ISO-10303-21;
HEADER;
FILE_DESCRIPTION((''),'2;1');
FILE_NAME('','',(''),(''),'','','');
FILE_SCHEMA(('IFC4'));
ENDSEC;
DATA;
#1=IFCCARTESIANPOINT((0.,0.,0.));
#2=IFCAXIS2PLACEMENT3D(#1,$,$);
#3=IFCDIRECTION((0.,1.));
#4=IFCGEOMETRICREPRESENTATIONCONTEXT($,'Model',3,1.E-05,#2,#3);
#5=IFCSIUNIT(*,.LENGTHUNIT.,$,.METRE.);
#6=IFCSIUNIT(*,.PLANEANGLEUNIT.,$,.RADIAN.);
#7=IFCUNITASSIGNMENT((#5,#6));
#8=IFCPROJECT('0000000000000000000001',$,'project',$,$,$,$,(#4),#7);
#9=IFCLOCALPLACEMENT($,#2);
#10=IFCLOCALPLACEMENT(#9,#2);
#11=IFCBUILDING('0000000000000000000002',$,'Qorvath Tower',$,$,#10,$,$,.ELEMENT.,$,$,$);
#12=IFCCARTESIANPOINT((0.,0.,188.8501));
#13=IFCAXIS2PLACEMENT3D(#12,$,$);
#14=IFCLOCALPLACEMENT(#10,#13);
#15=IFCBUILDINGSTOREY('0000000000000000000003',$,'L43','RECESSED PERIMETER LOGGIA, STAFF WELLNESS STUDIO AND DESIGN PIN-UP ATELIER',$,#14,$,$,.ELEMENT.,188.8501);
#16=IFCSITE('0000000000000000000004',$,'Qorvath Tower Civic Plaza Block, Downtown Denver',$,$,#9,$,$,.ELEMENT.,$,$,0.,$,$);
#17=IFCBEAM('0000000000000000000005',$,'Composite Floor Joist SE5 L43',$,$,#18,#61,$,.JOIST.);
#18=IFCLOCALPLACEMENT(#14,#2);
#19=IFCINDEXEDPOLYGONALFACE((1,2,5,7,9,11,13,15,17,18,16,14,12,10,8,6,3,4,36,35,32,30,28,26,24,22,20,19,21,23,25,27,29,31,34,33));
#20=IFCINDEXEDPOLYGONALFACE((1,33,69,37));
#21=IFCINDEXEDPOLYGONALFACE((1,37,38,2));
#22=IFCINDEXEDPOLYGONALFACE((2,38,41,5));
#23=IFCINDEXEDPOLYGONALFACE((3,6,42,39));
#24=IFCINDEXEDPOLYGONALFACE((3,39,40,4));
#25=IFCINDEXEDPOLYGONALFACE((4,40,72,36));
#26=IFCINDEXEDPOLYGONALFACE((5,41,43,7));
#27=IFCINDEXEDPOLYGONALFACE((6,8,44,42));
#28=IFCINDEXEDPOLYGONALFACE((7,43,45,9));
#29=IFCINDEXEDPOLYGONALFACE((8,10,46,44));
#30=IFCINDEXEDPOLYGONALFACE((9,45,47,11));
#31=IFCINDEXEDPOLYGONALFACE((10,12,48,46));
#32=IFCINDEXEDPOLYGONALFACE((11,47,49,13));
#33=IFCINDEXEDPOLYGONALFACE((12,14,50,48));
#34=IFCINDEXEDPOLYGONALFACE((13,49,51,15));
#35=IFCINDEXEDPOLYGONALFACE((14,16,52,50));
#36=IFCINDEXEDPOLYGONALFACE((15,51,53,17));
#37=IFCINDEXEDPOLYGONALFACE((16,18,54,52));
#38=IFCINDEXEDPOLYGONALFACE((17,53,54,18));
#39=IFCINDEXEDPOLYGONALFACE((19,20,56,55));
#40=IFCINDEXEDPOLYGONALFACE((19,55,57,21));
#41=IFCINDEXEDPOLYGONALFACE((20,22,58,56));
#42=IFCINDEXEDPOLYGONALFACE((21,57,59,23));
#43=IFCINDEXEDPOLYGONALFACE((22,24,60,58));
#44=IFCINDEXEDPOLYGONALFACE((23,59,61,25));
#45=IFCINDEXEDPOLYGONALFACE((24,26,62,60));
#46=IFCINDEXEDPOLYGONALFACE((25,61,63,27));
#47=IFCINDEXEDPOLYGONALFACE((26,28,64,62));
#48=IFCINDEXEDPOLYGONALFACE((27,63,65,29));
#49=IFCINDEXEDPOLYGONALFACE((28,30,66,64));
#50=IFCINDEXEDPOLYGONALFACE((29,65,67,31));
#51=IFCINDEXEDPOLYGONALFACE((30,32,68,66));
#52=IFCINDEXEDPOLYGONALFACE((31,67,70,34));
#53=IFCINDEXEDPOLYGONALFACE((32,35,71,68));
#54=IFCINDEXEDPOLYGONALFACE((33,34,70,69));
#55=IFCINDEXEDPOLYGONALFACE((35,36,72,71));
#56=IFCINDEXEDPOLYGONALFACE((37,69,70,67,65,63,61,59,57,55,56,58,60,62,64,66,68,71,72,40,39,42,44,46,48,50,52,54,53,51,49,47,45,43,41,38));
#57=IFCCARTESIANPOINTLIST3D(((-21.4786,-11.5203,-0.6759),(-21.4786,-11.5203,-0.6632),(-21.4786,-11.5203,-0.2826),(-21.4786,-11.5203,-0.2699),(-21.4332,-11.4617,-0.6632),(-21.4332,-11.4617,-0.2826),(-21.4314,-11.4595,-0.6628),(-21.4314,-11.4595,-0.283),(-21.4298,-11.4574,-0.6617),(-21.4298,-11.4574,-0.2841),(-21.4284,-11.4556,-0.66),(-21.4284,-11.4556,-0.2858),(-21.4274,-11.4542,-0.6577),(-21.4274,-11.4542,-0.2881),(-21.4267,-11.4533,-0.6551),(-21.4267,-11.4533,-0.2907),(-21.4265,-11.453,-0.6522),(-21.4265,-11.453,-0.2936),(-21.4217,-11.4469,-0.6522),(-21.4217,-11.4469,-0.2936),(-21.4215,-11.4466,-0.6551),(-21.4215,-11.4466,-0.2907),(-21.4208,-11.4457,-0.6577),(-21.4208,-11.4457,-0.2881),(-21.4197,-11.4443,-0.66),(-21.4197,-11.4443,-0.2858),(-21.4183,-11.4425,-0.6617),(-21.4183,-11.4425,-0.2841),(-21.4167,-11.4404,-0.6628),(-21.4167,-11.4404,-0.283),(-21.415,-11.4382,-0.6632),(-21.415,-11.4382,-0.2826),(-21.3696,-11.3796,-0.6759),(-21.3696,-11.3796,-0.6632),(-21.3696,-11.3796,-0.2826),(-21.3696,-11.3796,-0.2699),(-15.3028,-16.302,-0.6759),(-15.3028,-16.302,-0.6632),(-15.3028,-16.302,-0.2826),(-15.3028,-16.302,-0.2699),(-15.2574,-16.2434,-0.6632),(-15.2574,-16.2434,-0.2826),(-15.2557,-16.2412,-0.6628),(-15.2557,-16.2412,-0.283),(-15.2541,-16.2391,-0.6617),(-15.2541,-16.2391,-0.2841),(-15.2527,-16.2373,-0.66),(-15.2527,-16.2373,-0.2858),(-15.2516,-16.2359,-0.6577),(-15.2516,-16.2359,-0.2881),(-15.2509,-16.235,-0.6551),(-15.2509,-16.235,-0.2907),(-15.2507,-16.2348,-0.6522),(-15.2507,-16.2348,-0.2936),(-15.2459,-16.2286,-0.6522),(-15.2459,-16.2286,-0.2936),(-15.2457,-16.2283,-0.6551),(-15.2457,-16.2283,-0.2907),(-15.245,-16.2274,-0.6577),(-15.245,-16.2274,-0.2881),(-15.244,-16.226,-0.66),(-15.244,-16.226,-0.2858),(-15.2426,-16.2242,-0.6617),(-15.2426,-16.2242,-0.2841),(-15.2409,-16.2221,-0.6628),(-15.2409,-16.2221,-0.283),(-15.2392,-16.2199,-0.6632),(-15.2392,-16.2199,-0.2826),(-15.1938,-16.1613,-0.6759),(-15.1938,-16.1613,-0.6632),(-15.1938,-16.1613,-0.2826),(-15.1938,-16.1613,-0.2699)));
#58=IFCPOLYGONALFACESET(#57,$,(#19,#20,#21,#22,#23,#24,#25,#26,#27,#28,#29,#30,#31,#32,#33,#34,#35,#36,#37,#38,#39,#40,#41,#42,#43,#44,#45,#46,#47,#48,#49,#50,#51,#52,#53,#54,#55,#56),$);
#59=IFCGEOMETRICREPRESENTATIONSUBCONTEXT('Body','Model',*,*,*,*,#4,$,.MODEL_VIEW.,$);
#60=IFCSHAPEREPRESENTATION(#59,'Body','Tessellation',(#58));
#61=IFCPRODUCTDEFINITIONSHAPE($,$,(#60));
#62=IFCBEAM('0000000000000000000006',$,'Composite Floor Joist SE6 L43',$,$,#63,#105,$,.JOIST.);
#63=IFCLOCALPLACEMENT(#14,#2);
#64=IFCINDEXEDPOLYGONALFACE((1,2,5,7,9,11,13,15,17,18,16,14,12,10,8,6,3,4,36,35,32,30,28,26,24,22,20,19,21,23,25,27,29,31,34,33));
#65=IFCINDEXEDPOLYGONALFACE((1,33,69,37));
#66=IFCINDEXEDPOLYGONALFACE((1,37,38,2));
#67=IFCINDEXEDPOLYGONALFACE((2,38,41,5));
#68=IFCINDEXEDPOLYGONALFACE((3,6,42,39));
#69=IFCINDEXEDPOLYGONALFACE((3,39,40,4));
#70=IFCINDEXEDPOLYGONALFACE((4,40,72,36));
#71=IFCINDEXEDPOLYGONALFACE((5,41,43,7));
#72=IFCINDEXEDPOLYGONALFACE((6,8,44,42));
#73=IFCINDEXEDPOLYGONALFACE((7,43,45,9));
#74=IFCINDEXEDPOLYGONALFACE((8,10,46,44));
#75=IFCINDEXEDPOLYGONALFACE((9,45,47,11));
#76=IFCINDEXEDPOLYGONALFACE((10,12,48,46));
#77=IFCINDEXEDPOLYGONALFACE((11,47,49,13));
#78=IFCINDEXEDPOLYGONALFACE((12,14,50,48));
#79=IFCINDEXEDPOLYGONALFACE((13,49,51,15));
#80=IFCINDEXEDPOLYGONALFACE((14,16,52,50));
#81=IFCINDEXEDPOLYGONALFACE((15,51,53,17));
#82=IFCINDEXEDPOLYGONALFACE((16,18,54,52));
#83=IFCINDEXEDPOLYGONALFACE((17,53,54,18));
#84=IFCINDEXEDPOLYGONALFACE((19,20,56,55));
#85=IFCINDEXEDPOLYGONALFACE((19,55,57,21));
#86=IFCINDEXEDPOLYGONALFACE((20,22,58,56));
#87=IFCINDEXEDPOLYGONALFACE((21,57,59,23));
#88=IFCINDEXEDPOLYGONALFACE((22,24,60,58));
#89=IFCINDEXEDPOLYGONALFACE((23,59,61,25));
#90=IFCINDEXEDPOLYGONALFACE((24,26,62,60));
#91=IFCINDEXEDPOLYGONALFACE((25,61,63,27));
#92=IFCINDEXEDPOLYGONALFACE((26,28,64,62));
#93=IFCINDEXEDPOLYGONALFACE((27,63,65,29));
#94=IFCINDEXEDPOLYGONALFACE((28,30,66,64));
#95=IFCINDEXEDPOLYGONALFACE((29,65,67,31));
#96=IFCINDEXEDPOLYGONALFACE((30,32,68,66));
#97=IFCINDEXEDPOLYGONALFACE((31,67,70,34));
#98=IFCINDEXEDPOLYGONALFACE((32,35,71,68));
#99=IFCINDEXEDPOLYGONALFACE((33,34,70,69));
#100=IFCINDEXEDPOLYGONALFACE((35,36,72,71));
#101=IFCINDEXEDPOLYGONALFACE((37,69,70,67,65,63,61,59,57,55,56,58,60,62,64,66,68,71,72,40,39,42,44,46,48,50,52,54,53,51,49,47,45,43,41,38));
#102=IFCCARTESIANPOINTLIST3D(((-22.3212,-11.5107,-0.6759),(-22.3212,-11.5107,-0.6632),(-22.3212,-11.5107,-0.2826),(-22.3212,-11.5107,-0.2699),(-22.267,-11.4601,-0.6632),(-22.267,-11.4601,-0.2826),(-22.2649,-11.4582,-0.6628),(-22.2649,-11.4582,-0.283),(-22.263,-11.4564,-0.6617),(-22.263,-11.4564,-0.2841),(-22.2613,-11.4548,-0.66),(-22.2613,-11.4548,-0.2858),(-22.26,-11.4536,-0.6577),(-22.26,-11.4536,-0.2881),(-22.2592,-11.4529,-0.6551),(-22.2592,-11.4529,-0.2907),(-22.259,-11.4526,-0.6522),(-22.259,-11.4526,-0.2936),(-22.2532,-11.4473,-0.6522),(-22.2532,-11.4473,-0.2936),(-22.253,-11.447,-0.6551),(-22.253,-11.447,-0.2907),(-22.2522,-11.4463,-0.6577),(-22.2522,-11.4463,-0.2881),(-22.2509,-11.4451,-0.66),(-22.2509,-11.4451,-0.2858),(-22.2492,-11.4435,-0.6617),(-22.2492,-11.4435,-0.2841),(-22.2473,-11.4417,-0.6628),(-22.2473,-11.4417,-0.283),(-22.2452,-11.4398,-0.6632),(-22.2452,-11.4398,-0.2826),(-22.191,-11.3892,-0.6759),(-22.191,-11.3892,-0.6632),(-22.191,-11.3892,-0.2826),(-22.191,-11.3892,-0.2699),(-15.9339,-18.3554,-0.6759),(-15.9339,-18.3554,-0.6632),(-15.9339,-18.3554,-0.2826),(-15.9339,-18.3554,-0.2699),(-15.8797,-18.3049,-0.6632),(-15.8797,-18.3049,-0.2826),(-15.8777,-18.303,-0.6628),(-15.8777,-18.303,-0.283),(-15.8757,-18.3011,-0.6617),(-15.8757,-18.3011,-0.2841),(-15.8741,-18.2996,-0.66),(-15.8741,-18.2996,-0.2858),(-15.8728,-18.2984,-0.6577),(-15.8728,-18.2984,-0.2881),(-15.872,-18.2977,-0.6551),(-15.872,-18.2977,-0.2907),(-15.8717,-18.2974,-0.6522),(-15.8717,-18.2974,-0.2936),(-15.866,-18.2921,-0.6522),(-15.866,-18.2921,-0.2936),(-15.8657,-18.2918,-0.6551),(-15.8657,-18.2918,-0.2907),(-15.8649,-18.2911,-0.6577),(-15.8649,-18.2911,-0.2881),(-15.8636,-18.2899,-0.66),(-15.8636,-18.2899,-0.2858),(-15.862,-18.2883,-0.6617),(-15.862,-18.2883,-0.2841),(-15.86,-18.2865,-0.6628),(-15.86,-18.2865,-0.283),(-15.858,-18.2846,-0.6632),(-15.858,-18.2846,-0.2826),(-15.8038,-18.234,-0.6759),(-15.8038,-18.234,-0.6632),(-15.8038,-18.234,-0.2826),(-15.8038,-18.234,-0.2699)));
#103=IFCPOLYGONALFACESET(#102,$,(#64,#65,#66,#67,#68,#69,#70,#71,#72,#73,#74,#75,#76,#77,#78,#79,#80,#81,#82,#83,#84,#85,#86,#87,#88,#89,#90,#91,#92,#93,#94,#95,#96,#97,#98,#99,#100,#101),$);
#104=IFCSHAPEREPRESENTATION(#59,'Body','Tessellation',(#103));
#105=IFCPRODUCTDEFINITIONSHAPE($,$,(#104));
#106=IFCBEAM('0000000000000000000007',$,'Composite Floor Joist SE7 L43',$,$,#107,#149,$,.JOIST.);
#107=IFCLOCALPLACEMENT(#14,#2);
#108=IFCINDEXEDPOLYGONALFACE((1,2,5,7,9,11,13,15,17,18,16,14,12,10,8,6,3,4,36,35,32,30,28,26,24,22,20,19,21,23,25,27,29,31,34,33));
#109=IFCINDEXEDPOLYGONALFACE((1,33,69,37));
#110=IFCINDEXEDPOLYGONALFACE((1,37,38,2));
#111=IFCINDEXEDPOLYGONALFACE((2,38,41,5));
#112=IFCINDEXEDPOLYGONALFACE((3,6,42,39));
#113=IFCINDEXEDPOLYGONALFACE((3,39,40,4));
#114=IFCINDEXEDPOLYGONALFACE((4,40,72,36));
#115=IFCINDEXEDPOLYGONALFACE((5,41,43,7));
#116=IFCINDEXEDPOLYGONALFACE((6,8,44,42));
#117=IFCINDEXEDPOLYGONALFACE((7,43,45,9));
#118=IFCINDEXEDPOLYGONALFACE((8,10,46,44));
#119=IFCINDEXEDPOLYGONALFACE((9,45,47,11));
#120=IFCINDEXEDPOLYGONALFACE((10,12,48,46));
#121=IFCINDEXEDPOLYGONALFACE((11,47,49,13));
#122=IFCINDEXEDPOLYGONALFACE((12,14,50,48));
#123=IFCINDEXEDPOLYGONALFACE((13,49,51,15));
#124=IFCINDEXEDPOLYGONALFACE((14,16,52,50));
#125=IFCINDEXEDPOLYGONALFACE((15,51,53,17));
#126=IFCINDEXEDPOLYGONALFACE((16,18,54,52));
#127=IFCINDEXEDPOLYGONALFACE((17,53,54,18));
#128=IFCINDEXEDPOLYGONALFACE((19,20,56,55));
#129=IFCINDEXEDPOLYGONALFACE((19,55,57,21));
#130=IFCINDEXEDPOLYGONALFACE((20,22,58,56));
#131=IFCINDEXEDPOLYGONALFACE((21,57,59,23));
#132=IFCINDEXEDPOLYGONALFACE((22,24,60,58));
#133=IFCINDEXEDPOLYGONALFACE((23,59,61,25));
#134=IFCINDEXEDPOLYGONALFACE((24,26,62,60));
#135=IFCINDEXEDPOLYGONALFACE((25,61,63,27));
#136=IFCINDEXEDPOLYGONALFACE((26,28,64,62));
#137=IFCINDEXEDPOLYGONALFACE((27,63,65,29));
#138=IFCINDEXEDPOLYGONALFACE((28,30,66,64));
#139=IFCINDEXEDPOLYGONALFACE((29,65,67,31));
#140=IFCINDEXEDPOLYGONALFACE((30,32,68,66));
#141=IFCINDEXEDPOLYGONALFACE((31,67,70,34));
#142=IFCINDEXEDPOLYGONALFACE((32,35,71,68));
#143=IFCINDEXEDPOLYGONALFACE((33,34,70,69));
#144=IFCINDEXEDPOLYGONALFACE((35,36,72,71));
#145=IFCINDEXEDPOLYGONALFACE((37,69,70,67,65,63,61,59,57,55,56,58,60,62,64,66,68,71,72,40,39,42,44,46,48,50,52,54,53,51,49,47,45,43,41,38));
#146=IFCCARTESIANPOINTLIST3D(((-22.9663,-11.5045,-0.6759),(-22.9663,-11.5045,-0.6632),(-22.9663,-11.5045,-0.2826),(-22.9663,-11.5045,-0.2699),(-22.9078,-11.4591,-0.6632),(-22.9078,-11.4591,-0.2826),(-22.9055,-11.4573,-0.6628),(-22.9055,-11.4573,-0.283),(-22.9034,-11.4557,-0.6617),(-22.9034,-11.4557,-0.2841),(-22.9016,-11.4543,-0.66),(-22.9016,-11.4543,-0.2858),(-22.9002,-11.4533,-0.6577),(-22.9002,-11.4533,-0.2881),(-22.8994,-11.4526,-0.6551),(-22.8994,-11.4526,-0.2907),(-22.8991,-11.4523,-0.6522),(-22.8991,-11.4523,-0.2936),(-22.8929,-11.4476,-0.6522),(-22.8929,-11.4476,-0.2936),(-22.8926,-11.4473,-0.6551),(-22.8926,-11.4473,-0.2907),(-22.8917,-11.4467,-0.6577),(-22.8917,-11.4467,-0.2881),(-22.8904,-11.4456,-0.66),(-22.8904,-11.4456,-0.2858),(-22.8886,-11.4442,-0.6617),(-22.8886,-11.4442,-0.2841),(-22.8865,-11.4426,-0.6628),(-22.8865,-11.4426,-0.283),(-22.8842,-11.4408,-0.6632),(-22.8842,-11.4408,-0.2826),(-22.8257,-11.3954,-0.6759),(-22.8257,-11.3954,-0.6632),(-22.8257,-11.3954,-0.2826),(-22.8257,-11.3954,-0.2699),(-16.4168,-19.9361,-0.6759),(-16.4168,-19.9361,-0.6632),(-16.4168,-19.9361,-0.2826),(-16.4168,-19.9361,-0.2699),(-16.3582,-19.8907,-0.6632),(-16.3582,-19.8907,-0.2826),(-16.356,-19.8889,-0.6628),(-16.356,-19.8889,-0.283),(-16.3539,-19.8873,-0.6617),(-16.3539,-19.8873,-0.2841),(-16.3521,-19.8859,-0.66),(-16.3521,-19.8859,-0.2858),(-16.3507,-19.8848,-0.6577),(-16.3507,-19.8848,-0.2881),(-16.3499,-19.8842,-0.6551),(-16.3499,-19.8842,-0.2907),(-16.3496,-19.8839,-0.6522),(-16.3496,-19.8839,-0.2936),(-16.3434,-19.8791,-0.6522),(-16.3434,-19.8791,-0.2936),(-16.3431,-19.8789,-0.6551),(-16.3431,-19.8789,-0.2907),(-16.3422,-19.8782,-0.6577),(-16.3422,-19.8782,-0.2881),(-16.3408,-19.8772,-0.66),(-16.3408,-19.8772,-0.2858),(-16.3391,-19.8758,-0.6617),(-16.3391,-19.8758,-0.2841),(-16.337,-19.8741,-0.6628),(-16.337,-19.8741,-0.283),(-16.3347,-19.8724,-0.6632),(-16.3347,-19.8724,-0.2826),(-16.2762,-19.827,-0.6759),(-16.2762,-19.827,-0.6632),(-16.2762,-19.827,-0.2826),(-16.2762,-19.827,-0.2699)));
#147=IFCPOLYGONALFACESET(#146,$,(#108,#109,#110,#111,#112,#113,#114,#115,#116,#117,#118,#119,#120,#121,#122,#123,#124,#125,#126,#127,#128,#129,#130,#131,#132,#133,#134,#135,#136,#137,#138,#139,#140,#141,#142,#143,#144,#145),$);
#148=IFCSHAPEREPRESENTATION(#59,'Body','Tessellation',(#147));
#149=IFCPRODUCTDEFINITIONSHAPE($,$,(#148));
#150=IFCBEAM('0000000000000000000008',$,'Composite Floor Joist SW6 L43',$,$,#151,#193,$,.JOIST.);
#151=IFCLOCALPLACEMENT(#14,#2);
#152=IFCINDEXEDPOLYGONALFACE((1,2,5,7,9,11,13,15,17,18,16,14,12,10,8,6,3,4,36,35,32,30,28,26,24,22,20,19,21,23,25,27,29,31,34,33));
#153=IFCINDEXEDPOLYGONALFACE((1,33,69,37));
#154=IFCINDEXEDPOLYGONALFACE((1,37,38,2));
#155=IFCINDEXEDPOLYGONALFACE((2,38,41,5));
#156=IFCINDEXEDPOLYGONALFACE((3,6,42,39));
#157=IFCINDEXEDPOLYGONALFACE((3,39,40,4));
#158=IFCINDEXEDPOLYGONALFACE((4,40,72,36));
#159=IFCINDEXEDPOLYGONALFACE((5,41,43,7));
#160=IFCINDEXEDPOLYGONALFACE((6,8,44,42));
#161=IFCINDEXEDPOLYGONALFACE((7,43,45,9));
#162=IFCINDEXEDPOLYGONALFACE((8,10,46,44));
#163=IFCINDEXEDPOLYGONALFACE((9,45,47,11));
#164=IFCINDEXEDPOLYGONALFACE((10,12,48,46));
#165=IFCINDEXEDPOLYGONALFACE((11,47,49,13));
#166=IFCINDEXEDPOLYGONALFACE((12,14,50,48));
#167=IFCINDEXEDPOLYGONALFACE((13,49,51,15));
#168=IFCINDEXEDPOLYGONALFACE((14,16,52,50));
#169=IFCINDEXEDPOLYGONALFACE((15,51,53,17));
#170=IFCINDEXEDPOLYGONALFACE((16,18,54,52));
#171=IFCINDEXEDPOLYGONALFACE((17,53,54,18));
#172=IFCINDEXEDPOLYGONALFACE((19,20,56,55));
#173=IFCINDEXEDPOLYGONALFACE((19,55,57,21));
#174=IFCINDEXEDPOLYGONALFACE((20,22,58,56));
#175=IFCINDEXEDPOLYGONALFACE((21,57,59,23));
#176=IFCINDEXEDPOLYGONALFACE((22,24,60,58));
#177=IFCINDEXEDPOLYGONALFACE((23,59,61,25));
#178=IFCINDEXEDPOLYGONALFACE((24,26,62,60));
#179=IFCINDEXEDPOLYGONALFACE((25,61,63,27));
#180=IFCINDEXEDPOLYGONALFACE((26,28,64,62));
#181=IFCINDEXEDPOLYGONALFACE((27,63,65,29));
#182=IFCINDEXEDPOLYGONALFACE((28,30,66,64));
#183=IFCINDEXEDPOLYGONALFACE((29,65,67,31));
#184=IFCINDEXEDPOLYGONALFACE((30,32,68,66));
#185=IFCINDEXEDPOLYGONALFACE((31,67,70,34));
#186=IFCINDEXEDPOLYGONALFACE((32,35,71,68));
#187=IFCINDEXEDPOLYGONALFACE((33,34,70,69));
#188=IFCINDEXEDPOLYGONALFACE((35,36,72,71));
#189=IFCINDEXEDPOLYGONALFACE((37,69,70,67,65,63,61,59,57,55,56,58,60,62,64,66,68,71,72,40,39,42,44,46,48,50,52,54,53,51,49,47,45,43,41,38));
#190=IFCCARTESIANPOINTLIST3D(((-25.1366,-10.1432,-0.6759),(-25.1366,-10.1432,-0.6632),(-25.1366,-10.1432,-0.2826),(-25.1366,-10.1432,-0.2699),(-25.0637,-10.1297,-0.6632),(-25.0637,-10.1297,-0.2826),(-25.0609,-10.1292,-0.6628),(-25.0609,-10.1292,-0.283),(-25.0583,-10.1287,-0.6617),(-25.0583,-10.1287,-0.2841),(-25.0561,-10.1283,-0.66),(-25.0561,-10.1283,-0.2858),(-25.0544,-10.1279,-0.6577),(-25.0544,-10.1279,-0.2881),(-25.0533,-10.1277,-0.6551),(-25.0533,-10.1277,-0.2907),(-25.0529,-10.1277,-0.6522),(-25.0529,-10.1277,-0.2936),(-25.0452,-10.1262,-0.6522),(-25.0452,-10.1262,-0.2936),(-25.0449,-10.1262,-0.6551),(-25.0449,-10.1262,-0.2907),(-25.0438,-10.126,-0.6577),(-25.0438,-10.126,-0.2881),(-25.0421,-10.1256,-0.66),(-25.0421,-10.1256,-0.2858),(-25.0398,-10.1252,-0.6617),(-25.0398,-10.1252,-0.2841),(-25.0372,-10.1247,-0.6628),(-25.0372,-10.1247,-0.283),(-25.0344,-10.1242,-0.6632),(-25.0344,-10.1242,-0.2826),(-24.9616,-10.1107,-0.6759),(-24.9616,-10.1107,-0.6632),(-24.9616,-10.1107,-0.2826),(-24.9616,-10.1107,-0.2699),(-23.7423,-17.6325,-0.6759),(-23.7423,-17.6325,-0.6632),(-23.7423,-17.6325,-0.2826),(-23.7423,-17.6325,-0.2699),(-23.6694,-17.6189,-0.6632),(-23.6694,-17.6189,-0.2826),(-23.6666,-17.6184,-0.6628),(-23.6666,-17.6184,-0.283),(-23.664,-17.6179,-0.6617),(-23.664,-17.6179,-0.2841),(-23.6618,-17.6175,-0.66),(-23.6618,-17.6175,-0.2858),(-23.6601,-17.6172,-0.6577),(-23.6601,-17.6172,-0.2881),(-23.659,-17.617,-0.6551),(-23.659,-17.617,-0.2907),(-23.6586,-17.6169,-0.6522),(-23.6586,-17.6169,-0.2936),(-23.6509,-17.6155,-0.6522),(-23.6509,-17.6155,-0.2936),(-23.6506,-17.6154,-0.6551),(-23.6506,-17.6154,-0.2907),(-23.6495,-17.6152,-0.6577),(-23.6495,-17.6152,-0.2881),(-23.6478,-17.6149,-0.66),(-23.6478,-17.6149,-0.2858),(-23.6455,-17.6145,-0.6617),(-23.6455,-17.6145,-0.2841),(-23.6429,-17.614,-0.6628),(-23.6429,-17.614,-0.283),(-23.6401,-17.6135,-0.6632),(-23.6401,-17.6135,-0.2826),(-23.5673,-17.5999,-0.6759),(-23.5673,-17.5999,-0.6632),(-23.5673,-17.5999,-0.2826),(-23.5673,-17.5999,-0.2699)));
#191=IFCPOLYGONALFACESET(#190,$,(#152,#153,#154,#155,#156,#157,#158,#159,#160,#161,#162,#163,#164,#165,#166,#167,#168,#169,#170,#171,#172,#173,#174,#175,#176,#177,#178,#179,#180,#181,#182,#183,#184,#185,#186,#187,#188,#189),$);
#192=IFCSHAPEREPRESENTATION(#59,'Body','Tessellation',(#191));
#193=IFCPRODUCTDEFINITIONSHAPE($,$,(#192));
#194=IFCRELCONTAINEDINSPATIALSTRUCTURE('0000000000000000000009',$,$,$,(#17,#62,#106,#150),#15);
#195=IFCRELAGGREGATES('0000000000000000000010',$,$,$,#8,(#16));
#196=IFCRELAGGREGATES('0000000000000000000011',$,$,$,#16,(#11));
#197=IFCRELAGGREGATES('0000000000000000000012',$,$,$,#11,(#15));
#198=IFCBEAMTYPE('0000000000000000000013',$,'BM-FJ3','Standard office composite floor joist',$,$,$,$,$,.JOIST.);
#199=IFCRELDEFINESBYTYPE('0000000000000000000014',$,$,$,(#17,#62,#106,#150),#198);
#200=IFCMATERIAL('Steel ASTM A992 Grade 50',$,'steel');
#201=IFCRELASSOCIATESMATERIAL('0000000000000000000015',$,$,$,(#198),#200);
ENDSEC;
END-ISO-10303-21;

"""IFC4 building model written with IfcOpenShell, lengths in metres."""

from ifc_helpers import new_model, si_unit, direction, frame, origin, origin_2d, place, context, subcontext, project, spatial, i_section, extrude, material, material_profile, profile_set, type_object, element, save


model = new_model("IFC4")

# Units and contexts
model_context = context("Model", 3, precision=1e-05, world=origin(), true_north=direction((0.0, 1.0)))
body_context = subcontext(model_context, "Body", "Model", "MODEL_VIEW")
ifc_project = project(units=[si_unit("LENGTHUNIT", "METRE"), si_unit("PLANEANGLEUNIT", "RADIAN")], contexts=[model_context])

# Site, building, storey
site_placement = place(None, origin())
site = spatial("IfcSite", under=ifc_project, at=site_placement, Name="Qorvath Tower Civic Plaza Block, Downtown Denver", CompositionType="ELEMENT", RefElevation=0.0)
building_placement = place(site_placement, origin())
building = spatial("IfcBuilding", under=site, at=building_placement, Name="Qorvath Tower", CompositionType="ELEMENT")
storey_placement = place(building_placement, frame((0.0, 0.0, 188.8501)))
storey = spatial("IfcBuildingStorey", under=building, at=storey_placement, Name="L43", Description="RECESSED PERIMETER LOGGIA, STAFF WELLNESS STUDIO AND DESIGN PIN-UP ATELIER", CompositionType="ELEMENT", Elevation=188.8501)

# Beams
ifc_material_1 = material(Name="Steel ASTM A992 Grade 50", Category="steel")
ifc_material_profile_1 = material_profile(ifc_material_1, i_section(OverallWidth=0.178, OverallDepth=0.406, WebThickness=0.0078, FlangeThickness=0.0127, FilletRadius=0.011, at=origin_2d()), Name="W16x40")
ifc_profile_set_1 = profile_set([ifc_material_profile_1], Name="Steel ASTM A992 Grade 50")
beam_type_1 = type_object("IfcBeamType", Name="BM-FJ3", Description="Standard office composite floor joist", PredefinedType="JOIST", material=ifc_profile_set_1)
beam_1_placement = place(storey_placement, frame((-21.4241, -11.45, -0.4729), z_axis=(0.790693, -0.612212, 0.0), x_axis=(0.612212, 0.790693, 0.0)))
element("IfcBeam", 1, at=beam_1_placement, inside=storey, type_object=beam_type_1, Name="Composite Floor Joist SE5 L43", PredefinedType="JOIST", context=body_context, shape_type="SweptSolid", body=[
    extrude(i_section(OverallWidth=0.178, OverallDepth=0.406, WebThickness=0.0078, FlangeThickness=0.0127, FilletRadius=0.011, at=origin_2d()), origin(), (0.0, 0.0, 1.0), 7.8105),
])
beam_2_placement = place(storey_placement, frame((-22.2561, -11.45, -0.4729), z_axis=(0.682249, -0.731119, 0.0), x_axis=(0.731119, 0.682249, 0.0)))
element("IfcBeam", 2, at=beam_2_placement, inside=storey, type_object=beam_type_1, Name="Composite Floor Joist SE6 L43", PredefinedType="JOIST", context=body_context, shape_type="SweptSolid", body=[
    extrude(i_section(OverallWidth=0.178, OverallDepth=0.406, WebThickness=0.0078, FlangeThickness=0.0127, FilletRadius=0.011, at=origin_2d()), origin(), (0.0, 0.0, 1.0), 9.3621),
])
beam_3_placement = place(storey_placement, frame((-22.896, -11.45, -0.4729), z_axis=(0.613451, -0.789733, 0.0), x_axis=(0.789733, 0.613451, 0.0)))
element("IfcBeam", 3, at=beam_3_placement, inside=storey, type_object=beam_type_1, Name="Composite Floor Joist SE7 L43", PredefinedType="JOIST", context=body_context, shape_type="SweptSolid", body=[
    extrude(i_section(OverallWidth=0.178, OverallDepth=0.406, WebThickness=0.0078, FlangeThickness=0.0127, FilletRadius=0.011, at=origin_2d()), origin(), (0.0, 0.0, 1.0), 10.6765),
])
beam_4_placement = place(storey_placement, frame((-25.0491, -10.127, -0.4729), z_axis=(0.183027, -0.983108, 0.0), x_axis=(0.983108, 0.183027, 0.0)))
element("IfcBeam", 4, at=beam_4_placement, inside=storey, type_object=beam_type_1, Name="Composite Floor Joist SW6 L43", PredefinedType="JOIST", context=body_context, shape_type="SweptSolid", body=[
    extrude(i_section(OverallWidth=0.178, OverallDepth=0.406, WebThickness=0.0078, FlangeThickness=0.0127, FilletRadius=0.011, at=origin_2d()), origin(), (0.0, 0.0, 1.0), 7.6179),
])

save(model, "model.ifc")
